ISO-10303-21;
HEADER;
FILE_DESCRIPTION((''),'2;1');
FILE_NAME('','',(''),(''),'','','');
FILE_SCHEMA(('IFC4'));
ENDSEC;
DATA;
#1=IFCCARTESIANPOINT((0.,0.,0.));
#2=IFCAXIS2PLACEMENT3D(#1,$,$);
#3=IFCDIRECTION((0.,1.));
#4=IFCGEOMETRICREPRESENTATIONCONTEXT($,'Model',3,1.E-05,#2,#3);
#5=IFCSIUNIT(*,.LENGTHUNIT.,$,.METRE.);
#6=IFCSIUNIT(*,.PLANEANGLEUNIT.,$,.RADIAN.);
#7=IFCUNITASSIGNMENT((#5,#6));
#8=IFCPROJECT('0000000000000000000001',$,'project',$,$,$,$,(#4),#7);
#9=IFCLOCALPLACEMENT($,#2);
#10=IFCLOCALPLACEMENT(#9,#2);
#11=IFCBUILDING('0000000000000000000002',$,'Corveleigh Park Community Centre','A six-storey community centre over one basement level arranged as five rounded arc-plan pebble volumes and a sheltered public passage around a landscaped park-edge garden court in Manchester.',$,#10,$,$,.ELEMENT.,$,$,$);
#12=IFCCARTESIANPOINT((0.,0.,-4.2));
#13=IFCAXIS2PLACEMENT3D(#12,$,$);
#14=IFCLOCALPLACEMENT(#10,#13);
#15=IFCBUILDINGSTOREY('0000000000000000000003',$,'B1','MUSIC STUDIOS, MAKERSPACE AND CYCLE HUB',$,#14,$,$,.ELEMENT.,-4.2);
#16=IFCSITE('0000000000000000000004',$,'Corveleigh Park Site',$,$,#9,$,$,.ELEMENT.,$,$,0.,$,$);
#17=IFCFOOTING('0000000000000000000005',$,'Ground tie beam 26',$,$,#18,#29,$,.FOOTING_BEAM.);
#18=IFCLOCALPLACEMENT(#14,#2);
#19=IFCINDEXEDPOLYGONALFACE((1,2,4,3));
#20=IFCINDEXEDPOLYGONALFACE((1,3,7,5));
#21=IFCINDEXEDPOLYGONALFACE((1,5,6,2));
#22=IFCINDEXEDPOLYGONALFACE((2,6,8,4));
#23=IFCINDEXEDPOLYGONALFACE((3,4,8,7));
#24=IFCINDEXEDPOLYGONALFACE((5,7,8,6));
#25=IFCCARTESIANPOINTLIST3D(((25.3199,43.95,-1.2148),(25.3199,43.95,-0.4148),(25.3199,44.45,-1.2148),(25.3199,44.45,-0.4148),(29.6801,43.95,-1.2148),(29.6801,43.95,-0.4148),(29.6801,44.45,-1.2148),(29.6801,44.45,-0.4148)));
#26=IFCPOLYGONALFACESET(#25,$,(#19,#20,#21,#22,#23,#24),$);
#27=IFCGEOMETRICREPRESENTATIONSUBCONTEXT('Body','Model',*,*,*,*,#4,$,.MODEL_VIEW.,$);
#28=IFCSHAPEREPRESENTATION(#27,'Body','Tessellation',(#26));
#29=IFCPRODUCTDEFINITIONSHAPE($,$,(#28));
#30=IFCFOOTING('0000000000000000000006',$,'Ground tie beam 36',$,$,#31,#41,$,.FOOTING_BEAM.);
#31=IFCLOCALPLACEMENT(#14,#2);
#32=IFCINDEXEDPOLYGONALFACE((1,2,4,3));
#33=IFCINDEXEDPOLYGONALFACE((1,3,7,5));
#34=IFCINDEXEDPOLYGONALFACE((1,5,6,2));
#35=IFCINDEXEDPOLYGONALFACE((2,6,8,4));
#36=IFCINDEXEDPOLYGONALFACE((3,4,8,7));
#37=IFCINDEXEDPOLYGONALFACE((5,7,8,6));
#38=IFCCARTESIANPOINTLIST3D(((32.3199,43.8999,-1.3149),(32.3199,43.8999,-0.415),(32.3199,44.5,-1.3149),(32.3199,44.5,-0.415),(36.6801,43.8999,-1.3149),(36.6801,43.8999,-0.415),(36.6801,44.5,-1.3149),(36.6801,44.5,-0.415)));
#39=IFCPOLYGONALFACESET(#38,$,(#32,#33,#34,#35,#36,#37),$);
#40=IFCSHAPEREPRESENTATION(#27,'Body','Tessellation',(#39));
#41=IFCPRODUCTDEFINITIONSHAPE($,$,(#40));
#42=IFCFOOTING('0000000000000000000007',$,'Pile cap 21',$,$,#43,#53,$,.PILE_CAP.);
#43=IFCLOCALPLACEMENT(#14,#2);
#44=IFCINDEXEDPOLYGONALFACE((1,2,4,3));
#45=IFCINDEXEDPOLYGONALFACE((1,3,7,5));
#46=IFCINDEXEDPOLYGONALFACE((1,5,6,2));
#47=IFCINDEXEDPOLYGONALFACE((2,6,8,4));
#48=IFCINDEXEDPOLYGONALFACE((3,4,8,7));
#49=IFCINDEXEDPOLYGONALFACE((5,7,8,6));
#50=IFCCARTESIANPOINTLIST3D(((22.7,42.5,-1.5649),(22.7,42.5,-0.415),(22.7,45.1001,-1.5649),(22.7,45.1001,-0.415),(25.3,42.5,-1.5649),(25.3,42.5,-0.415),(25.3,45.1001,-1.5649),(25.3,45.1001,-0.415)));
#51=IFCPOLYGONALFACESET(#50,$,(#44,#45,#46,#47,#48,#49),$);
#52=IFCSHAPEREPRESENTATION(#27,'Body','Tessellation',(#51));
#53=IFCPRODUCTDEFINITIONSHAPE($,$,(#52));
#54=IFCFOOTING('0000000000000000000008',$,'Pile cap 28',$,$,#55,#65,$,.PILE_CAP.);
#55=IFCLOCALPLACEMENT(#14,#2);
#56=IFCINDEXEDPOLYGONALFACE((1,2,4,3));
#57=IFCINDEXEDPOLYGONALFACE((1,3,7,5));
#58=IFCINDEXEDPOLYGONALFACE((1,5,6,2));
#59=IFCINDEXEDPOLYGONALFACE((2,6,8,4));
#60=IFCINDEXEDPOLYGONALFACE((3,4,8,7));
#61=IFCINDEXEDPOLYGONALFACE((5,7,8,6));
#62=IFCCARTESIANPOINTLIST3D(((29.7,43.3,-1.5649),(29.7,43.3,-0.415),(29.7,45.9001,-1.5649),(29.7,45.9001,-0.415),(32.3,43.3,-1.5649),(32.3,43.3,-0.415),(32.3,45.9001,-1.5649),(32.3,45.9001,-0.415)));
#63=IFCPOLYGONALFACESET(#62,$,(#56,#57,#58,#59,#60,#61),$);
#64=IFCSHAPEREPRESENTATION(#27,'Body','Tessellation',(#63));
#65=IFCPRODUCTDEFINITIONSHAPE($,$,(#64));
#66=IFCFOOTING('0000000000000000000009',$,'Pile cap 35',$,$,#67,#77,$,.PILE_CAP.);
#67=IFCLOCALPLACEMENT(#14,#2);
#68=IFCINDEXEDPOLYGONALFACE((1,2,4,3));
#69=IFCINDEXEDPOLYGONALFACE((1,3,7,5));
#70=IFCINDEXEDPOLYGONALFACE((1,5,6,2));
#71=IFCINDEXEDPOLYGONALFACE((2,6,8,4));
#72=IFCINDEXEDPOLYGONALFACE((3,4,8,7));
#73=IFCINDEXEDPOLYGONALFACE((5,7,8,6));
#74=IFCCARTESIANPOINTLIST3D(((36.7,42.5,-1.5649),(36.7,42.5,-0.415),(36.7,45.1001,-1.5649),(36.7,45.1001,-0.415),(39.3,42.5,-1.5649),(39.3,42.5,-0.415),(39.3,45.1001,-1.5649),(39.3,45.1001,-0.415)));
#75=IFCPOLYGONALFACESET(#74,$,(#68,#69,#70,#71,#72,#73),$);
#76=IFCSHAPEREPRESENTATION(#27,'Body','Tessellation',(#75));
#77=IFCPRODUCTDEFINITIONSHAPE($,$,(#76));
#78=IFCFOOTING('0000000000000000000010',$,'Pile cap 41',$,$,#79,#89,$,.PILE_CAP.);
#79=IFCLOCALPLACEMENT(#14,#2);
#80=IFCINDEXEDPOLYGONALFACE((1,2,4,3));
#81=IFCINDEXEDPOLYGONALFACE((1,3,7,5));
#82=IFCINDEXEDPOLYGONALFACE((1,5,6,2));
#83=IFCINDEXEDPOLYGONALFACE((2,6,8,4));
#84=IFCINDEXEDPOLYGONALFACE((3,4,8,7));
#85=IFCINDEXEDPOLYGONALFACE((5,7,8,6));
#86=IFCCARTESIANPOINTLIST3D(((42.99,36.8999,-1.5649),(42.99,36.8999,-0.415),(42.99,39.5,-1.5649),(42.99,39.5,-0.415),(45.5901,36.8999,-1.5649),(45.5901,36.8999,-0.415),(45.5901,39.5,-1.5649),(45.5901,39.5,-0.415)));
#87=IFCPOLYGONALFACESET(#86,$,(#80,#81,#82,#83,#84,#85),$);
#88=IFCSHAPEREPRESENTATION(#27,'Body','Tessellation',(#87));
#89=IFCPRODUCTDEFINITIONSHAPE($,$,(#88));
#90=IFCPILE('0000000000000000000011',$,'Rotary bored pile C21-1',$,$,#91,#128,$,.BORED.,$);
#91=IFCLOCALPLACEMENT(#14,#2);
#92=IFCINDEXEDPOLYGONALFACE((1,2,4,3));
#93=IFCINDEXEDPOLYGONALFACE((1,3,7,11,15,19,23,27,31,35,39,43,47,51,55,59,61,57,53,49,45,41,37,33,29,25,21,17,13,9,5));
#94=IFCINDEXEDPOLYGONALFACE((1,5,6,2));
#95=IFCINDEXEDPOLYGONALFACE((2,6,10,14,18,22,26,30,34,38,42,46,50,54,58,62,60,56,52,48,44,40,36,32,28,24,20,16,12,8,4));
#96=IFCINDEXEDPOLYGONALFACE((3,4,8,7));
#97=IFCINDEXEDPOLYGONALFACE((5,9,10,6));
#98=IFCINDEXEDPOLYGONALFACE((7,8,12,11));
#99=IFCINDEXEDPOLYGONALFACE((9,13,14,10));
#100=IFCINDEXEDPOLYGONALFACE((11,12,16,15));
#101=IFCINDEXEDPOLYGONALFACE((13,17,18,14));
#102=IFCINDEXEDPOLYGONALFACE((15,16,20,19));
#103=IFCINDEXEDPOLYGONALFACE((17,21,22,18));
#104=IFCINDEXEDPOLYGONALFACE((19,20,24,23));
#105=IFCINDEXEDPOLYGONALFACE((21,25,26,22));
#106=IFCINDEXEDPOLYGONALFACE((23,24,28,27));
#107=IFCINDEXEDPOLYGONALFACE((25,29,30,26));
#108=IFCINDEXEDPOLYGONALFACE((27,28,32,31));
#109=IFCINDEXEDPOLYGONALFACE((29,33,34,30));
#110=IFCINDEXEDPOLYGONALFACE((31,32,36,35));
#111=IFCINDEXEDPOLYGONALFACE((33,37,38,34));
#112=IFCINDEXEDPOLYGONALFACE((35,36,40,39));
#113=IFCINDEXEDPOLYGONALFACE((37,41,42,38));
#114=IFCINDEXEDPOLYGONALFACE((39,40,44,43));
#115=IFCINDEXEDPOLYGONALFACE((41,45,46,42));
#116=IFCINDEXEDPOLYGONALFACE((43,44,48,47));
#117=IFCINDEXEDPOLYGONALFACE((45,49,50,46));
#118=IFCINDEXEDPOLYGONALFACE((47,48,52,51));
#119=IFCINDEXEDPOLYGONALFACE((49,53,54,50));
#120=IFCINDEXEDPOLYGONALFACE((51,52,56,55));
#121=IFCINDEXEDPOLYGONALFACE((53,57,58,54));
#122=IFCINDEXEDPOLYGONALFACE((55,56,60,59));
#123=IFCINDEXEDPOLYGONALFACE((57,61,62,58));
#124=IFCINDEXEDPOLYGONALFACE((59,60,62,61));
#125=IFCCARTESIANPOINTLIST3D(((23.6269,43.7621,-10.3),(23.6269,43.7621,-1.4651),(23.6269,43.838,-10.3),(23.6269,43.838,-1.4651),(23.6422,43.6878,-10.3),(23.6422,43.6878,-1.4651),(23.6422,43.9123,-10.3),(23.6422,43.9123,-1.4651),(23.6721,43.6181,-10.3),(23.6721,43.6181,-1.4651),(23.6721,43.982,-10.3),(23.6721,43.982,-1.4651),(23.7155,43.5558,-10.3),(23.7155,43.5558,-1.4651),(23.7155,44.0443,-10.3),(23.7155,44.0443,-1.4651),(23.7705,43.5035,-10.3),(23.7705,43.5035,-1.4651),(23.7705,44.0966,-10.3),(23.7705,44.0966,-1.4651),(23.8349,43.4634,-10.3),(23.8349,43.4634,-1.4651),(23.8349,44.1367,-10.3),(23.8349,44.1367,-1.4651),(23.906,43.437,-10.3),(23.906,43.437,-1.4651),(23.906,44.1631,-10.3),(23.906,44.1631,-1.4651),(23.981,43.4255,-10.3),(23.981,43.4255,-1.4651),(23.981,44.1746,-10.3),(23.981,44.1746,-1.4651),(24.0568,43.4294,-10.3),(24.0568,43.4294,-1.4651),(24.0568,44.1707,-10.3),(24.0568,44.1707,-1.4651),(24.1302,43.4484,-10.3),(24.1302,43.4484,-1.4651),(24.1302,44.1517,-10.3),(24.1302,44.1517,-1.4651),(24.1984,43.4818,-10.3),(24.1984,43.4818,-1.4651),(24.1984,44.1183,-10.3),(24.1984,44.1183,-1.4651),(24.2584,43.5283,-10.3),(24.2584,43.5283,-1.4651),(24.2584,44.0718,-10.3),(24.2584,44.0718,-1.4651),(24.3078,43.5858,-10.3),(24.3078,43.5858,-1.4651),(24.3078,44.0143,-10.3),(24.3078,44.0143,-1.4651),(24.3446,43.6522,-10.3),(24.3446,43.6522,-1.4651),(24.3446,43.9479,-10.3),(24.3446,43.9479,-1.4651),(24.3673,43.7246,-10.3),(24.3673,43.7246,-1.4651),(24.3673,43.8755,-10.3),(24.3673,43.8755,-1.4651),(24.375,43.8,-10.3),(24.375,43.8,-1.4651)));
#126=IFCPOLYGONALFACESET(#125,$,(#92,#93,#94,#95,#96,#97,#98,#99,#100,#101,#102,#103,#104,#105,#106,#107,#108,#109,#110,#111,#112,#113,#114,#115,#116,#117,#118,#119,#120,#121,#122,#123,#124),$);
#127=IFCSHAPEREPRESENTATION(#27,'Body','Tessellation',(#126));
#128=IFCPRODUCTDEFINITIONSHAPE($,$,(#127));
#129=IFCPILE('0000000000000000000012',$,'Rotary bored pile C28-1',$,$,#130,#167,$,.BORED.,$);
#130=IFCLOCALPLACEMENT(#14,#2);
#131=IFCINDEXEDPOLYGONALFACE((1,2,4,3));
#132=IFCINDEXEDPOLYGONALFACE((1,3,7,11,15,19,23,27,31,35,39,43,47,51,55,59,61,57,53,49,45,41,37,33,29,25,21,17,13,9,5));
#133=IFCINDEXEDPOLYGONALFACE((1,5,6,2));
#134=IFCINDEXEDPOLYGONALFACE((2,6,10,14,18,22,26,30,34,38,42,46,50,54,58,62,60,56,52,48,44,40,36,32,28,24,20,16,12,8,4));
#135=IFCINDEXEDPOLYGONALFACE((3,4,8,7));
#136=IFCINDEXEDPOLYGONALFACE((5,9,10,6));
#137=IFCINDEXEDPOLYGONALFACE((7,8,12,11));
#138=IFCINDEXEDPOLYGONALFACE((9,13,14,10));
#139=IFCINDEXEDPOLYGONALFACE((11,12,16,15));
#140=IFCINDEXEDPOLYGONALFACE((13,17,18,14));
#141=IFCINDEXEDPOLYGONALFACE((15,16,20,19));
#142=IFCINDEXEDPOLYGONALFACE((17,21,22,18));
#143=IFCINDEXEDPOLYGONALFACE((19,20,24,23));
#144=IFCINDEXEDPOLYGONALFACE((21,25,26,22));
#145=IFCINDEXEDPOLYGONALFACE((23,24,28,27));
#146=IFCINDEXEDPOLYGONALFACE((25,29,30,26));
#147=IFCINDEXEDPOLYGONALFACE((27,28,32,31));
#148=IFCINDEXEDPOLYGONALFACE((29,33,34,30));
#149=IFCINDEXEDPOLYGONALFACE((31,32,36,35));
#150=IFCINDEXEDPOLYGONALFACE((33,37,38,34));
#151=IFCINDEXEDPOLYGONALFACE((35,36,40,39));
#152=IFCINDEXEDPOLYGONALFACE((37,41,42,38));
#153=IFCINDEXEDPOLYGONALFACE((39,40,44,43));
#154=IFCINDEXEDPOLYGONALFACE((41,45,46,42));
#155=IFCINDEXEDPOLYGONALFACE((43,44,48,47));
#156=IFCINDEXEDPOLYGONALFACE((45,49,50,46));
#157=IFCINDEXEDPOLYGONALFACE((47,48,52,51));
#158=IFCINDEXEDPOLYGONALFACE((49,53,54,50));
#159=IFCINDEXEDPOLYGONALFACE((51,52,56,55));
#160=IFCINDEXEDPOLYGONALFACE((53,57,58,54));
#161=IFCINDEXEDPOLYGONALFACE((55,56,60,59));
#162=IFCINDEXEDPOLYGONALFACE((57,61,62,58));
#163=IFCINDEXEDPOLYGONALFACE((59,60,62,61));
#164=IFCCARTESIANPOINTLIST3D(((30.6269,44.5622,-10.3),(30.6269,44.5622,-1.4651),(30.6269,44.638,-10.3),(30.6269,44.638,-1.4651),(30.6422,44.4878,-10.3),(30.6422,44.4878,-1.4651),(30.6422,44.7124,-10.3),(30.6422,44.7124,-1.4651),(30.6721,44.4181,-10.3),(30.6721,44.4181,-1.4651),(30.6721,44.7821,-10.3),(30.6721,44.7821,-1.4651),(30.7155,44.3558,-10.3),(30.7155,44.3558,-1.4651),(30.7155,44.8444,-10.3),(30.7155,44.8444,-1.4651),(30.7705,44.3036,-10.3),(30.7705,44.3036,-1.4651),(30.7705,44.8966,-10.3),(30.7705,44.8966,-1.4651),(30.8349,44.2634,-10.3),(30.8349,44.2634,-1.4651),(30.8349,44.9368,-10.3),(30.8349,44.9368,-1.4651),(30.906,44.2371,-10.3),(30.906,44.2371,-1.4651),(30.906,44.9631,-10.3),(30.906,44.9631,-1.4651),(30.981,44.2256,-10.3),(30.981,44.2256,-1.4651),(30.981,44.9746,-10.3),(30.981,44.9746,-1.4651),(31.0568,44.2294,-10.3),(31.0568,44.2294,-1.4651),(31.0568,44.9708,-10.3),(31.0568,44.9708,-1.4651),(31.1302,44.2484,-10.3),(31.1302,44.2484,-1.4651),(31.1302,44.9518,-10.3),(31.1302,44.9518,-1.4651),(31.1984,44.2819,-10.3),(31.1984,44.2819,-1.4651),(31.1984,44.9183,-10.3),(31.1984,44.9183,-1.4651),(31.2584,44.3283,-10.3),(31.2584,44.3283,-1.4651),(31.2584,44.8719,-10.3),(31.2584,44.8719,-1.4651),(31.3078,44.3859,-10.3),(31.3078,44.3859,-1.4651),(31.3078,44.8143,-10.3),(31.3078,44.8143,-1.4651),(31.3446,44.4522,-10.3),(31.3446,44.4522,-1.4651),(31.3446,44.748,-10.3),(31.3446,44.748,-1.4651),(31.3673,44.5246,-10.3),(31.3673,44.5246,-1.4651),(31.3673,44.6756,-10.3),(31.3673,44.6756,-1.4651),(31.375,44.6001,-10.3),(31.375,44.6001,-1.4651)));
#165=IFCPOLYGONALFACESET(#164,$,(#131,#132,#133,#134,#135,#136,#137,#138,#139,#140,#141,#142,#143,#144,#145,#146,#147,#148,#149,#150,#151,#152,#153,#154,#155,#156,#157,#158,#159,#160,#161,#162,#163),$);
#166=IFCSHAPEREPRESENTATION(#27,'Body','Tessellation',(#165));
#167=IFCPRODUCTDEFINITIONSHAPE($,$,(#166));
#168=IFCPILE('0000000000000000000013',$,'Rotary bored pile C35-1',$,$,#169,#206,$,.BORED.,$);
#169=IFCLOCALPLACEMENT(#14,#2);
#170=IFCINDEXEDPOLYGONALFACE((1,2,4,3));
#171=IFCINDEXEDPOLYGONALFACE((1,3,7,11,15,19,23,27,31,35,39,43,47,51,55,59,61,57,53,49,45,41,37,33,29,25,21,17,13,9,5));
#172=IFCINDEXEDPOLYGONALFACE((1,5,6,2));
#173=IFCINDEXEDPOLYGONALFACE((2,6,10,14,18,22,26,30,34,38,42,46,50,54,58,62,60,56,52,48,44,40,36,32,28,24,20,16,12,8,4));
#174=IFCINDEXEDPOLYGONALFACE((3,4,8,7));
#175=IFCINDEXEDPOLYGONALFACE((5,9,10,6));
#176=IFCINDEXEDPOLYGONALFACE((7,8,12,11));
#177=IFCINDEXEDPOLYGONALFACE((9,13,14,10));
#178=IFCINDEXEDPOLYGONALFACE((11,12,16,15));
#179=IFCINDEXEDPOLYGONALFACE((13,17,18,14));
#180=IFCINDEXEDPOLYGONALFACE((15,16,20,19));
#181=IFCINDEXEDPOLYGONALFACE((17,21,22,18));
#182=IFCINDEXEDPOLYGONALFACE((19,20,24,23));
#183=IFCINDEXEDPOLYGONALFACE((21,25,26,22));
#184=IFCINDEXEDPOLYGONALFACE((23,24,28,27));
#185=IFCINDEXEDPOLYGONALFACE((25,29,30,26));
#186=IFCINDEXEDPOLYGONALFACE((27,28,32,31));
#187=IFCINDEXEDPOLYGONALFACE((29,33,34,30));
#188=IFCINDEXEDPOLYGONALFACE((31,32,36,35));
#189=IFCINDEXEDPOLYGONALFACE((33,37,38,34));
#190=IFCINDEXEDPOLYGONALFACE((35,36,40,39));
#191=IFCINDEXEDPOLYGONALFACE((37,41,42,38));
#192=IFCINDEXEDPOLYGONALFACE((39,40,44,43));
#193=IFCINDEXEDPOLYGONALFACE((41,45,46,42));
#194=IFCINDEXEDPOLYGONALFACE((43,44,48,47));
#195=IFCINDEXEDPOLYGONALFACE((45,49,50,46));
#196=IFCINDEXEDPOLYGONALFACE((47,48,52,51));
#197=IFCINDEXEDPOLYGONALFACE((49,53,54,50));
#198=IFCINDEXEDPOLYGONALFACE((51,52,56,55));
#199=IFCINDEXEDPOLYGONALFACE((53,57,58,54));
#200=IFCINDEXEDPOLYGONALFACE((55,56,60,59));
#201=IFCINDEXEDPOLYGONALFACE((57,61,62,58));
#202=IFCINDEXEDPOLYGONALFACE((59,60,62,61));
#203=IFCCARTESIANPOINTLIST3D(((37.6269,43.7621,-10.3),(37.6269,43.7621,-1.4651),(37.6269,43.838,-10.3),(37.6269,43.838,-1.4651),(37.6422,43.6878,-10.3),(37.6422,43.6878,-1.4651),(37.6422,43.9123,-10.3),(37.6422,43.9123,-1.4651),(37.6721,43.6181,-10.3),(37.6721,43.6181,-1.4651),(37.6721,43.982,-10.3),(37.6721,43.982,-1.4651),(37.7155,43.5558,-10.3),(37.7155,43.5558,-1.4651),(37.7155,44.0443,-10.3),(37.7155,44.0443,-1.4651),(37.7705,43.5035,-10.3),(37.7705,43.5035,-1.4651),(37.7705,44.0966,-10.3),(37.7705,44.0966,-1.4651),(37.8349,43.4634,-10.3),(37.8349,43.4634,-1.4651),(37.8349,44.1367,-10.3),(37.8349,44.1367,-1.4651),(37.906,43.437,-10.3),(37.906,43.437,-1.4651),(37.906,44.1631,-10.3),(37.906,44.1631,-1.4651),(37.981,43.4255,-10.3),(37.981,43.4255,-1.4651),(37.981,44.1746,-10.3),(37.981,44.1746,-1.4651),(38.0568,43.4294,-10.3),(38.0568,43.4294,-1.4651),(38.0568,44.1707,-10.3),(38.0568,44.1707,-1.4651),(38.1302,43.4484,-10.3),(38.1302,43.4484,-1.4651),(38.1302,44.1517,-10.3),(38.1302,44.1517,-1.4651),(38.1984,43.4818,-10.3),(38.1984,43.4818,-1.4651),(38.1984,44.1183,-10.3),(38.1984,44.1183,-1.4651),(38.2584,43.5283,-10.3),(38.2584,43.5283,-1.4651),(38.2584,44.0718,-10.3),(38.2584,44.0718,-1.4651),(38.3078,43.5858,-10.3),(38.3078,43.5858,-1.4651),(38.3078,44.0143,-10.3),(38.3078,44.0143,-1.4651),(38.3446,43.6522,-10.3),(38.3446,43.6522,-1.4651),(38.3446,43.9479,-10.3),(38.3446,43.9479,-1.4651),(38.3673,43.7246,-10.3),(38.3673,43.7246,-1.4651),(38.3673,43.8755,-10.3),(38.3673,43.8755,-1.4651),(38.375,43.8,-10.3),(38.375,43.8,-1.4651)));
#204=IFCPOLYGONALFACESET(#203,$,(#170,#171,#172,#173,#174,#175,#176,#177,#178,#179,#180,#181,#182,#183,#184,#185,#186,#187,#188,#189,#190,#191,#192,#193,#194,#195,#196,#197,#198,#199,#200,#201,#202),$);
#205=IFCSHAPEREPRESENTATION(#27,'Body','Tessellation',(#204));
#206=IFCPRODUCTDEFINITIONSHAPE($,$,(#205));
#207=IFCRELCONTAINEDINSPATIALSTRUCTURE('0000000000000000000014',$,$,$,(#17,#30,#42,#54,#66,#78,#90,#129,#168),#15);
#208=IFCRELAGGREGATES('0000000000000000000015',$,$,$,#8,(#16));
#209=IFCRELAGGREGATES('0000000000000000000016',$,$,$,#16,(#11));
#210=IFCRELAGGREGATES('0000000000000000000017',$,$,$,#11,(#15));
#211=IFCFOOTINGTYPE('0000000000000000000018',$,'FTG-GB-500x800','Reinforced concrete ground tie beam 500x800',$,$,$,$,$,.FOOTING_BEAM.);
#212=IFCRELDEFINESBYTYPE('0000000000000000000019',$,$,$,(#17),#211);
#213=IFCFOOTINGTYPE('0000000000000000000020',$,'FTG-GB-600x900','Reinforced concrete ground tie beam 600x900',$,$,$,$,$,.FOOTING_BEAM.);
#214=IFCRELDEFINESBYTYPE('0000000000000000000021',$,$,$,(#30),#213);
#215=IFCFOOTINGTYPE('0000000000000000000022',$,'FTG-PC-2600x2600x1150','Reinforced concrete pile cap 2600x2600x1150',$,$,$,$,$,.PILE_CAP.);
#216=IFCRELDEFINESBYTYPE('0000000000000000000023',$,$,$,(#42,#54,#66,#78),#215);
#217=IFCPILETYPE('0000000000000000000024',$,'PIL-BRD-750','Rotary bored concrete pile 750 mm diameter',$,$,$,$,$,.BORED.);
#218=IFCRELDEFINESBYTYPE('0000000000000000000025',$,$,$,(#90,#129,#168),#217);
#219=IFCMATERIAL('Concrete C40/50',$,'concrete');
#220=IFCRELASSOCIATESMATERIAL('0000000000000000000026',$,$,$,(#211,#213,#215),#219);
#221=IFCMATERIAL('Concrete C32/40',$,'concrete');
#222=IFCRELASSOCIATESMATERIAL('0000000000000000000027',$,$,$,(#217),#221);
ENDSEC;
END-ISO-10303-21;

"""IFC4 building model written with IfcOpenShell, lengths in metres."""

from ifc_helpers import new_model, si_unit, direction, frame, origin, origin_2d, place, context, subcontext, project, spatial, rectangle, circle, extrude, material, material_profile, profile_set, type_object, element, save


model = new_model("IFC4")

# Units and contexts
model_context = context("Model", 3, precision=1e-05, world=origin(), true_north=direction((0.0, 1.0)))
body_context = subcontext(model_context, "Body", "Model", "MODEL_VIEW")
ifc_project = project(units=[si_unit("LENGTHUNIT", "METRE"), si_unit("PLANEANGLEUNIT", "RADIAN")], contexts=[model_context])

# Site, building, storey
site_placement = place(None, origin())
site = spatial("IfcSite", under=ifc_project, at=site_placement, Name="Corveleigh Park Site", CompositionType="ELEMENT", RefElevation=0.0)
building_placement = place(site_placement, origin())
building = spatial("IfcBuilding", under=site, at=building_placement, Name="Corveleigh Park Community Centre", Description="A six-storey community centre over one basement level arranged as five rounded arc-plan pebble volumes and a sheltered public passage around a landscaped park-edge garden court in Manchester.", CompositionType="ELEMENT")
storey_placement = place(building_placement, frame((0.0, 0.0, -4.2)))
storey = spatial("IfcBuildingStorey", under=building, at=storey_placement, Name="B1", Description="MUSIC STUDIOS, MAKERSPACE AND CYCLE HUB", CompositionType="ELEMENT", Elevation=-4.2)

# Footings
ifc_material_1 = material(Name="Concrete C40/50", Category="concrete")
footing_type_1 = type_object("IfcFootingType", Name="FTG-GB-500x800", Description="Reinforced concrete ground tie beam 500x800", PredefinedType="FOOTING_BEAM", material=ifc_material_1)
footing_1_placement = place(storey_placement, frame((27.5, 44.2, -1.2148), z_axis=(0.0, 0.0, 1.0), x_axis=(1.0, 0.0, 0.0)))
element("IfcFooting", 1, at=footing_1_placement, inside=storey, type_object=footing_type_1, Name="Ground tie beam 26", PredefinedType="FOOTING_BEAM", context=body_context, shape_type="SweptSolid", body=[
    extrude(rectangle(XDim=4.3601, YDim=0.5, at=origin_2d()), origin(), (0.0, 0.0, 1.0), 0.8),
])
footing_type_2 = type_object("IfcFootingType", Name="FTG-GB-600x900", Description="Reinforced concrete ground tie beam 600x900", PredefinedType="FOOTING_BEAM", material=ifc_material_1)
footing_2_placement = place(storey_placement, frame((34.5, 44.2, -1.3149), z_axis=(0.0, 0.0, 1.0), x_axis=(1.0, 0.0, 0.0)))
element("IfcFooting", 2, at=footing_2_placement, inside=storey, type_object=footing_type_2, Name="Ground tie beam 36", PredefinedType="FOOTING_BEAM", context=body_context, shape_type="SweptSolid", body=[
    extrude(rectangle(XDim=4.3601, YDim=0.6001, at=origin_2d()), origin(), (0.0, 0.0, 1.0), 0.8999),
])
footing_type_3 = type_object("IfcFootingType", Name="FTG-PC-2600x2600x1150", Description="Reinforced concrete pile cap 2600x2600x1150", PredefinedType="PILE_CAP", material=ifc_material_1)
for number, where, z_axis, x_axis, name in (
    (3, (24.0, 43.8, -1.5649), (0.0, 0.0, 1.0), (1.0, 0.0, 0.0), "Pile cap 21"),
    (4, (31.0, 44.6001, -1.5649), (0.0, 0.0, 1.0), (1.0, 0.0, 0.0), "Pile cap 28"),
    (5, (38.0, 43.8, -1.5649), (0.0, 0.0, 1.0), (1.0, 0.0, 0.0), "Pile cap 35"),
    (6, (44.29, 38.2, -1.5649), (0.0, 0.0, 1.0), (1.0, 0.0, 0.0), "Pile cap 41"),
):
    element("IfcFooting", number, at=place(storey_placement, frame(where, z_axis=z_axis, x_axis=x_axis)), inside=storey, type_object=footing_type_3, Name=name, PredefinedType="PILE_CAP", context=body_context, shape_type="SweptSolid", body=[
        extrude(rectangle(XDim=2.6001, YDim=2.6001, at=origin_2d()), origin(), (0.0, 0.0, 1.0), 1.1499),
    ])

# Piles
ifc_material_2 = material(Name="Concrete C32/40", Category="concrete")
ifc_material_profile_1 = material_profile(ifc_material_2, circle(Radius=0.375, at=origin_2d()), Name="BORED-PILE-750", Category="concrete")
ifc_profile_set_1 = profile_set([ifc_material_profile_1], Name="Concrete C32/40")
pile_type_1 = type_object("IfcPileType", Name="PIL-BRD-750", Description="Rotary bored concrete pile 750 mm diameter", PredefinedType="BORED", material=ifc_profile_set_1)
for number, where, z_axis, x_axis, name in (
    (7, (24.0, 43.8, -1.4651), (0.0, 0.0, -1.0), (1.0, 0.0, 0.0), "Rotary bored pile C21-1"),
    (8, (31.0, 44.6001, -1.4651), (0.0, 0.0, -1.0), (1.0, 0.0, 0.0), "Rotary bored pile C28-1"),
    (9, (38.0, 43.8, -1.4651), (0.0, 0.0, -1.0), (1.0, 0.0, 0.0), "Rotary bored pile C35-1"),
):
    element("IfcPile", number, at=place(storey_placement, frame(where, z_axis=z_axis, x_axis=x_axis)), inside=storey, type_object=pile_type_1, Name=name, PredefinedType="BORED", context=body_context, shape_type="SweptSolid", body=[
        extrude(circle(Radius=0.375, at=origin_2d()), origin(), (0.0, 0.0, 1.0), 8.835),
    ])

save(model, "model.ifc")
